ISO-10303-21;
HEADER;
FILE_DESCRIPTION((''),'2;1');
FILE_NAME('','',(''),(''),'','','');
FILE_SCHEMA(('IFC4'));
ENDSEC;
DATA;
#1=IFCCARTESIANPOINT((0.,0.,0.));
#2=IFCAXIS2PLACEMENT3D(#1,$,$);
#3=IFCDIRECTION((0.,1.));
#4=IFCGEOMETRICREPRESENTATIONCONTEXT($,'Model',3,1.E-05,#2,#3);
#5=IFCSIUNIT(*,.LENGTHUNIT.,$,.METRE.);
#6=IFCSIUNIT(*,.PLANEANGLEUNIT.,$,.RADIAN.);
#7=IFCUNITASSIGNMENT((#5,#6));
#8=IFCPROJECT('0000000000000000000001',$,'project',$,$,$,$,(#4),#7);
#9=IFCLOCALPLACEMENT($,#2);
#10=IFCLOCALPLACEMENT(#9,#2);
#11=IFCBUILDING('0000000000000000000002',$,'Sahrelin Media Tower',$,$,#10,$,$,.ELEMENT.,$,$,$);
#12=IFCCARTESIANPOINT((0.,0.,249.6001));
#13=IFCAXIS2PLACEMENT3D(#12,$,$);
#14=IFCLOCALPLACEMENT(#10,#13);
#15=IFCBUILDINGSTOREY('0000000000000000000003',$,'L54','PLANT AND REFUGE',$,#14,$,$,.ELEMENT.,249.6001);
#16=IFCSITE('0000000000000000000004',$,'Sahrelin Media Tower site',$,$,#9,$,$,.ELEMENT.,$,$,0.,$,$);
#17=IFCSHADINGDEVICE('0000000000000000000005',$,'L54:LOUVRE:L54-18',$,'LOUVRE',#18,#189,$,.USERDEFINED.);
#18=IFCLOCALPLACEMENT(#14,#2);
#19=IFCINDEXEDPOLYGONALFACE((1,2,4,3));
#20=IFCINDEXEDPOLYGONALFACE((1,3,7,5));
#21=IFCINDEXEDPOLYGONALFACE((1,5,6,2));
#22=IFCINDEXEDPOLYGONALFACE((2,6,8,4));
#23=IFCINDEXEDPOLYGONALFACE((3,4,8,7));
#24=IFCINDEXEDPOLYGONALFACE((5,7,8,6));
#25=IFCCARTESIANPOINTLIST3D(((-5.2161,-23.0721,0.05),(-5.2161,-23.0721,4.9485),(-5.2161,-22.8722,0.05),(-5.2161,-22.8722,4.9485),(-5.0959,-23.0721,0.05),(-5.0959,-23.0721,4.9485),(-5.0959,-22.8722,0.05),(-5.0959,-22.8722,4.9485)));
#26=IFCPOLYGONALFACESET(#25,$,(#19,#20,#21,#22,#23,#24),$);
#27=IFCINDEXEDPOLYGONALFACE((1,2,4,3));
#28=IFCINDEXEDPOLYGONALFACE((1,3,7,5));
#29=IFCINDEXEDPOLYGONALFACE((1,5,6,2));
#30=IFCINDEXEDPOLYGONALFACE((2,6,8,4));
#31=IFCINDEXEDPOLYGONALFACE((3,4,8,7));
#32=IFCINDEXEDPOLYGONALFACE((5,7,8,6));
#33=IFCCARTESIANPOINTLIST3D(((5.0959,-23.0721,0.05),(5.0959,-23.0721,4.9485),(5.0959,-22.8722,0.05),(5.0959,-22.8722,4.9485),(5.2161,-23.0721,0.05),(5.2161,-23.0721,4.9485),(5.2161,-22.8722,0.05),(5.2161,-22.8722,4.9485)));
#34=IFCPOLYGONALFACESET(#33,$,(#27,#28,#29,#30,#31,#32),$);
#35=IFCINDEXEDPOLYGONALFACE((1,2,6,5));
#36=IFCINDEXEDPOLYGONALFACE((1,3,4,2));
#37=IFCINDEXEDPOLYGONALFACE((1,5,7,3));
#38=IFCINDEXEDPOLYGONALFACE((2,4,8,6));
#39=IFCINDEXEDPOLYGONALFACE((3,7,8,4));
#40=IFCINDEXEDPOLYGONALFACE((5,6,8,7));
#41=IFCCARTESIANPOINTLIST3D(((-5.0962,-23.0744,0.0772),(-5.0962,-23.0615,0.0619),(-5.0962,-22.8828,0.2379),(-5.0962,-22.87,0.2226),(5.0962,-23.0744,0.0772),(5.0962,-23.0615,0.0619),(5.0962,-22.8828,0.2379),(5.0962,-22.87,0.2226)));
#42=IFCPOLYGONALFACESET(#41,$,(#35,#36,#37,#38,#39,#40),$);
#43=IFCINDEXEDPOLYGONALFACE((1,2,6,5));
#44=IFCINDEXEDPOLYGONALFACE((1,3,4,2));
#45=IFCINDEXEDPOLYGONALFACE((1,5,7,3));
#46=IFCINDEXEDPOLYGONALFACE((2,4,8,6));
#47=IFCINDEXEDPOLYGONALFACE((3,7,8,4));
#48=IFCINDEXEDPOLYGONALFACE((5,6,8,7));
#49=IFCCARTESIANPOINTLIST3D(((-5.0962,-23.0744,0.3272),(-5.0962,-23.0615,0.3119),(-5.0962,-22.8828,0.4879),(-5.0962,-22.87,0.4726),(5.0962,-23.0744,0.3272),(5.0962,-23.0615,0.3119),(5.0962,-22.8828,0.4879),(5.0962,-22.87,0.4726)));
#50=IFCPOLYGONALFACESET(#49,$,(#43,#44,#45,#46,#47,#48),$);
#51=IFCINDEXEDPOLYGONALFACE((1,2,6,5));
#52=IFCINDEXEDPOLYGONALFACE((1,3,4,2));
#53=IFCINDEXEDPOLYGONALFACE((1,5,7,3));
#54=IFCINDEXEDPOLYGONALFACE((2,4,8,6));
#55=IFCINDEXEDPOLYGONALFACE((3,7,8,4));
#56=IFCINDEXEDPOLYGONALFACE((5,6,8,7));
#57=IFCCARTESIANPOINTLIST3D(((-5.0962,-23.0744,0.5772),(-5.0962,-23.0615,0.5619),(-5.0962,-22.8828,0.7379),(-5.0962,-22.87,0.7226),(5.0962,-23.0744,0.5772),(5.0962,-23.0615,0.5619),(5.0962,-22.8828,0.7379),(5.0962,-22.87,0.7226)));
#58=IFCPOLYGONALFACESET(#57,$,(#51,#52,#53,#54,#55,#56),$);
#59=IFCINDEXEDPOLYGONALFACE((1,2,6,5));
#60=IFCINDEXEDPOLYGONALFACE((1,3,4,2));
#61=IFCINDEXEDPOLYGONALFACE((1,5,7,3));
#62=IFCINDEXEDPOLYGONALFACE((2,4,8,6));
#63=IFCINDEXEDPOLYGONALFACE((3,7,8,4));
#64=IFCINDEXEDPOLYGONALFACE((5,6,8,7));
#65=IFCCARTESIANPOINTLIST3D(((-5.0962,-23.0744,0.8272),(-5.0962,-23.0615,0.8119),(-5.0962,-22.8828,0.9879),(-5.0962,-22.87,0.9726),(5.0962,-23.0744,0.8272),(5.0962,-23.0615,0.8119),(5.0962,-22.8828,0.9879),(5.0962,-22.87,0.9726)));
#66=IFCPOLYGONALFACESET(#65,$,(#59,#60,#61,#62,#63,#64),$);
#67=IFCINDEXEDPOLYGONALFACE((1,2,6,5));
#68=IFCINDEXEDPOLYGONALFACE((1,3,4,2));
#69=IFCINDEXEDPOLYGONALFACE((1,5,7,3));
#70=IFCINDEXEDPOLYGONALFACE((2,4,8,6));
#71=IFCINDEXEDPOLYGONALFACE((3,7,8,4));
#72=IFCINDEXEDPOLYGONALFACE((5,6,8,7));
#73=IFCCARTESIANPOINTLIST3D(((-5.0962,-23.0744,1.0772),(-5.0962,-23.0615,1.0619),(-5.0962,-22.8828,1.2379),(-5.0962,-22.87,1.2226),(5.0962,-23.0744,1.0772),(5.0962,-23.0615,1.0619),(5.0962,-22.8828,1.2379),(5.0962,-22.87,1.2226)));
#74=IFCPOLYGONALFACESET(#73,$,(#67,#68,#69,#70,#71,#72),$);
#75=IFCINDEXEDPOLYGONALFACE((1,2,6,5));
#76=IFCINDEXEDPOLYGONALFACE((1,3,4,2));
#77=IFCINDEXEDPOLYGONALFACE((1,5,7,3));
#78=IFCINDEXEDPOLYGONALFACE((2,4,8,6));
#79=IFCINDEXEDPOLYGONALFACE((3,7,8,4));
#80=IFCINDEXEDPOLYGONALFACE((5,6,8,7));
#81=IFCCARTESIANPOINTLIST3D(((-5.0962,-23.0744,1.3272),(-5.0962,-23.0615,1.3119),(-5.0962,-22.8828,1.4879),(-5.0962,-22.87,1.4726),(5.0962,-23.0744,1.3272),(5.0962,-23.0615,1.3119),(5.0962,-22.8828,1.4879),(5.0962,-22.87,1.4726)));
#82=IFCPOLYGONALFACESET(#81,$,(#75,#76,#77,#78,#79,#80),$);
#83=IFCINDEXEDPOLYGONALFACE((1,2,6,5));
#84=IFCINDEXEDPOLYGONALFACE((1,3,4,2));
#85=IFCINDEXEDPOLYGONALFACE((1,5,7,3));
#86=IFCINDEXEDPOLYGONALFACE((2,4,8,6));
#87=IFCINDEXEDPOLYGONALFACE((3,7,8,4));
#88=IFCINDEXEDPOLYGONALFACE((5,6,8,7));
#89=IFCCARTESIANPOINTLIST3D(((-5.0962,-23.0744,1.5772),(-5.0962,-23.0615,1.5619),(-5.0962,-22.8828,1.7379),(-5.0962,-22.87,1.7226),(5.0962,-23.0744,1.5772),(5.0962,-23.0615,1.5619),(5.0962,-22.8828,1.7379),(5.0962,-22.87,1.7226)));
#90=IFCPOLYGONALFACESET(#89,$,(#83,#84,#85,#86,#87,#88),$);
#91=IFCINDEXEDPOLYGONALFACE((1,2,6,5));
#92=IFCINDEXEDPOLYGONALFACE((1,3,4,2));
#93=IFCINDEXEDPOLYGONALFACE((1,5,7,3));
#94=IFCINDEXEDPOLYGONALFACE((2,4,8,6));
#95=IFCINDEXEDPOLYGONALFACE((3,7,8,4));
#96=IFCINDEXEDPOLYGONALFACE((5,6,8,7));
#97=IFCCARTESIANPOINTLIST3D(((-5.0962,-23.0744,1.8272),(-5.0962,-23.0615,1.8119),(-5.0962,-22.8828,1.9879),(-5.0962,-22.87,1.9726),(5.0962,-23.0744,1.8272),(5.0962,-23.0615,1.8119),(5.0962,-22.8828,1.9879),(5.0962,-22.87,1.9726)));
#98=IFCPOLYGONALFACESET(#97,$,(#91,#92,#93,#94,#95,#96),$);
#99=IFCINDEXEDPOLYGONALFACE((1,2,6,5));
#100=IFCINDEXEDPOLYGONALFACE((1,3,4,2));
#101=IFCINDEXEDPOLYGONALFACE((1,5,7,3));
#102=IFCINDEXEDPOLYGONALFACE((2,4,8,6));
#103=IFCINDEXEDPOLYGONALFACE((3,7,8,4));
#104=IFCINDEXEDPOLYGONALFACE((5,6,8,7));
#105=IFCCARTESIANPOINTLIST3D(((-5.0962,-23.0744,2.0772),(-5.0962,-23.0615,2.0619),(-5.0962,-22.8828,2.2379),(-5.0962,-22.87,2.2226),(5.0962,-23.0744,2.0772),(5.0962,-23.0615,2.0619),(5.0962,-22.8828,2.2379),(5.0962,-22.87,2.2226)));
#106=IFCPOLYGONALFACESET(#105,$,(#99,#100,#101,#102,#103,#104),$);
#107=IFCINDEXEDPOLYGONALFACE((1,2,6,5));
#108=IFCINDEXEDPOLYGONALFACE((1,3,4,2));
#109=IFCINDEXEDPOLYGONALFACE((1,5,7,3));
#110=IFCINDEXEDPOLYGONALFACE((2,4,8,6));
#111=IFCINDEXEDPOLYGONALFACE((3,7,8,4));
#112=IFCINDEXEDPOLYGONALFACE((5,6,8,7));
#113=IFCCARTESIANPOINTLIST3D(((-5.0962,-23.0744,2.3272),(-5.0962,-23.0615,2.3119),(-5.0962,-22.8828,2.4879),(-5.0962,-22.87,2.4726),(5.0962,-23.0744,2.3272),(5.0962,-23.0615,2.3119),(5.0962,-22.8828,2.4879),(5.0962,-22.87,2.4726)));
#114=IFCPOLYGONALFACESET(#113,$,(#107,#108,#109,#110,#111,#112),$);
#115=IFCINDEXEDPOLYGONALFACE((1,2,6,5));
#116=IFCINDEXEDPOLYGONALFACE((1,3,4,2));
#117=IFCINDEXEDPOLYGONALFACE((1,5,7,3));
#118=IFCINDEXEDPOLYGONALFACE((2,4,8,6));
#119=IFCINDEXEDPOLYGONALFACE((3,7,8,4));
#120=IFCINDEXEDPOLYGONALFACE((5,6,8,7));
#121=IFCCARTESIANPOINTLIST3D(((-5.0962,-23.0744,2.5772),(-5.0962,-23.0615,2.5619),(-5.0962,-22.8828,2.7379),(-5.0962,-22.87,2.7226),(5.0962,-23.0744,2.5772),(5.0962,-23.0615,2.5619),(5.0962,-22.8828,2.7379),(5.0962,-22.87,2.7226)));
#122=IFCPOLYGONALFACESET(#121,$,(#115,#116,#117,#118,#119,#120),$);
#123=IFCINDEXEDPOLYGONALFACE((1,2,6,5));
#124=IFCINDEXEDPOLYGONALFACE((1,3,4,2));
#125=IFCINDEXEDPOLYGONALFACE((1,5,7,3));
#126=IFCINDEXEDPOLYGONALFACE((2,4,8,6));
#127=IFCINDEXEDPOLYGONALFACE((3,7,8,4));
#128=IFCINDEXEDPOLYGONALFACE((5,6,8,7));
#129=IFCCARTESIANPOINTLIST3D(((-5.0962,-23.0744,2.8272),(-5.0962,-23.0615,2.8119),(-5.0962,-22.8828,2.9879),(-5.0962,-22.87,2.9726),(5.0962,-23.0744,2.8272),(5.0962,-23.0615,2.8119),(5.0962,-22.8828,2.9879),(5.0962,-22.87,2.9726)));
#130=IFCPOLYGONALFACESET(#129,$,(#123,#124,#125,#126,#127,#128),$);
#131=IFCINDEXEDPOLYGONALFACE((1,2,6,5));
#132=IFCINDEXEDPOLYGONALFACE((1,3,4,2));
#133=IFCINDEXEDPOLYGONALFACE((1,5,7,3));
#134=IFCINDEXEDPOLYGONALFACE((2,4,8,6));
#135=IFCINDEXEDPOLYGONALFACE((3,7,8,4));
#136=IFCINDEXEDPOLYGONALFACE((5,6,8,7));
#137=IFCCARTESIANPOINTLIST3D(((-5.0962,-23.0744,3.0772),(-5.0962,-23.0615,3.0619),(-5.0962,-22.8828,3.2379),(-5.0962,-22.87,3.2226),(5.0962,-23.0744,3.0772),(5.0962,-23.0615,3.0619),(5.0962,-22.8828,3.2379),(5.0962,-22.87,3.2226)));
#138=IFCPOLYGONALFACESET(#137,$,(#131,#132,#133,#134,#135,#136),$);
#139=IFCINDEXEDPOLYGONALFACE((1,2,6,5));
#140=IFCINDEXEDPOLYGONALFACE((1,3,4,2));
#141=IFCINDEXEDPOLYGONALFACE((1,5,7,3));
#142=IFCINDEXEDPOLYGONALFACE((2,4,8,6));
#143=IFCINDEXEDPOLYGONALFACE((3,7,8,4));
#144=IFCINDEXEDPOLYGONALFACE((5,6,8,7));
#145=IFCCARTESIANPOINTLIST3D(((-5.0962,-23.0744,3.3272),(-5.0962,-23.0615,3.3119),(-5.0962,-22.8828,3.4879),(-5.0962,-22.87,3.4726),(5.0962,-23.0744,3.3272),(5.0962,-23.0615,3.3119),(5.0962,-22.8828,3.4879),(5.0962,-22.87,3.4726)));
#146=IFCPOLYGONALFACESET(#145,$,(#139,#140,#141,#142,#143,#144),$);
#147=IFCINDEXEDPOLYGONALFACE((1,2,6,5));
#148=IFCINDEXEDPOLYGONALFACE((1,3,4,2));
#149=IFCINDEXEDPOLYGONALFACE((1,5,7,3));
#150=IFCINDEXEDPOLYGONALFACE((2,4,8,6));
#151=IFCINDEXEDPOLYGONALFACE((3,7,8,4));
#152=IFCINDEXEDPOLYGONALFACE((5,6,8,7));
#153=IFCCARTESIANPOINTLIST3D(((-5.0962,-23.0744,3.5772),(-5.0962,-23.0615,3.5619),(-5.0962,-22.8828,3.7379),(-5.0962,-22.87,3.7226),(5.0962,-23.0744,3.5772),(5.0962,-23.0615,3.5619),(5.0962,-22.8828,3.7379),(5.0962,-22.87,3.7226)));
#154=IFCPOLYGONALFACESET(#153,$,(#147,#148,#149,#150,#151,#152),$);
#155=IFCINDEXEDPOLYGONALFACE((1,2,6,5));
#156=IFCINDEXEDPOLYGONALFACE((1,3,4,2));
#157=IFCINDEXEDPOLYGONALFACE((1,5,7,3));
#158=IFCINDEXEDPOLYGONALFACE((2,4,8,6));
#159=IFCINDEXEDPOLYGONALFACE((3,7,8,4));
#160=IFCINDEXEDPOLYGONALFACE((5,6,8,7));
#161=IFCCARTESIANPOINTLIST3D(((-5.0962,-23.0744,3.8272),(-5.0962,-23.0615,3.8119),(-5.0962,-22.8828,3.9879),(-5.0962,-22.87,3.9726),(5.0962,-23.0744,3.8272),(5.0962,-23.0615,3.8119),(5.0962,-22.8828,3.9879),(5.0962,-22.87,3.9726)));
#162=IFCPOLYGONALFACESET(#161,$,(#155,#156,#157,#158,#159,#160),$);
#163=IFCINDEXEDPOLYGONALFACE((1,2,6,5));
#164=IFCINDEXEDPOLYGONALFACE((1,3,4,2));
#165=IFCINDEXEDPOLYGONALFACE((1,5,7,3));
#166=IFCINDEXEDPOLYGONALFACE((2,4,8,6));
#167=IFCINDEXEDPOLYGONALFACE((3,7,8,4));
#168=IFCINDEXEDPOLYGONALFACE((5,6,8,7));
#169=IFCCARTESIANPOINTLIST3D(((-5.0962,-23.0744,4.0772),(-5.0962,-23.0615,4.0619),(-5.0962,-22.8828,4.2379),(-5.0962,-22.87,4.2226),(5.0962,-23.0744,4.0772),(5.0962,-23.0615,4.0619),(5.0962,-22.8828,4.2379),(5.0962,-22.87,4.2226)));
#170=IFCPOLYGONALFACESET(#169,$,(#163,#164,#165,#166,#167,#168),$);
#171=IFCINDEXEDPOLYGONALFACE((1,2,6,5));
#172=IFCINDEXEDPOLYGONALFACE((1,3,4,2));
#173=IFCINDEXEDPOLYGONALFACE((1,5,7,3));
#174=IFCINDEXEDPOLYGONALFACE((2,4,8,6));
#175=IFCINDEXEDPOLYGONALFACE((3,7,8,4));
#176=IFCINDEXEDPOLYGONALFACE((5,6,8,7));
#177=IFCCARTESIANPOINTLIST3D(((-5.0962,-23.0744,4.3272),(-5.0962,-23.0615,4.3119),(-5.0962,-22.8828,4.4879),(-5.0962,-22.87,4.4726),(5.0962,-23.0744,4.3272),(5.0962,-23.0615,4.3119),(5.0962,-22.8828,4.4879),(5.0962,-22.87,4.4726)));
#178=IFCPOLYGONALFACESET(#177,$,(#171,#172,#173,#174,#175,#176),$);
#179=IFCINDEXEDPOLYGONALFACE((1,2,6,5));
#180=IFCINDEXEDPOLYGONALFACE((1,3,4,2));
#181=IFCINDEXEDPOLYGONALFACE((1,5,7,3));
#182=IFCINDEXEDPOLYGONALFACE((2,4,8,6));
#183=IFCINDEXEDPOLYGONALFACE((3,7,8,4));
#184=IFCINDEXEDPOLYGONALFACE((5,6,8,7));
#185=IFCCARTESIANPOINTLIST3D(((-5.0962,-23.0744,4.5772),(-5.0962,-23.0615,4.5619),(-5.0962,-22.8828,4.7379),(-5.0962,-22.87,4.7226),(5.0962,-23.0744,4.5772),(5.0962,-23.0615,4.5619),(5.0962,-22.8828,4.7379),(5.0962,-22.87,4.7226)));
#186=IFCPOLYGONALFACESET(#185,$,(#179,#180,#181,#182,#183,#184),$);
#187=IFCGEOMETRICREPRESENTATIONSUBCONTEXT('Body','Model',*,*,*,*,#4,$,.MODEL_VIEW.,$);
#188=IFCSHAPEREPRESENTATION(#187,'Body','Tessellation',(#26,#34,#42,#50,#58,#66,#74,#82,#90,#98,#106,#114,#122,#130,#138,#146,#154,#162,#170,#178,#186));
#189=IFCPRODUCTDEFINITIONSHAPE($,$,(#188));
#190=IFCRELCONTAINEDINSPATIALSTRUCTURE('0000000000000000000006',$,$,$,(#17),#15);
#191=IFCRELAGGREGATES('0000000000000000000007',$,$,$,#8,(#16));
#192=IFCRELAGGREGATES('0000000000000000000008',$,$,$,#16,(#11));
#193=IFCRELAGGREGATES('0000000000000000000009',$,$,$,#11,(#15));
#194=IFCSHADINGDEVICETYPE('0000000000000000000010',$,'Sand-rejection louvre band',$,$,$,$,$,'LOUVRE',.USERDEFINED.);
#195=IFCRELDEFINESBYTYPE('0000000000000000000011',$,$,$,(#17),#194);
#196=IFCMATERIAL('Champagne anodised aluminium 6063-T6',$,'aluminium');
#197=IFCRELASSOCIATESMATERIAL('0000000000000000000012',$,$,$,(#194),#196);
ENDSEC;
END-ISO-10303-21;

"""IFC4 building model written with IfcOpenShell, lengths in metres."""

from ifc_helpers import new_model, si_unit, direction, frame, origin, origin_2d, place, context, subcontext, project, spatial, rectangle, extrude, material, type_object, element, save


model = new_model("IFC4")

# Units and contexts
model_context = context("Model", 3, precision=1e-05, world=origin(), true_north=direction((0.0, 1.0)))
body_context = subcontext(model_context, "Body", "Model", "MODEL_VIEW")
ifc_project = project(units=[si_unit("LENGTHUNIT", "METRE"), si_unit("PLANEANGLEUNIT", "RADIAN")], contexts=[model_context])

# Site, building, storey
site_placement = place(None, origin())
site = spatial("IfcSite", under=ifc_project, at=site_placement, Name="Sahrelin Media Tower site", CompositionType="ELEMENT", RefElevation=0.0)
building_placement = place(site_placement, origin())
building = spatial("IfcBuilding", under=site, at=building_placement, Name="Sahrelin Media Tower", CompositionType="ELEMENT")
storey_placement = place(building_placement, frame((0.0, 0.0, 249.6001)))
storey = spatial("IfcBuildingStorey", under=building, at=storey_placement, Name="L54", Description="PLANT AND REFUGE", CompositionType="ELEMENT", Elevation=249.6001)

# Shading device
ifc_material_1 = material(Name="Champagne anodised aluminium 6063-T6", Category="aluminium")
shading_device_type = type_object("IfcShadingDeviceType", Name="Sand-rejection louvre band", ElementType="LOUVRE", PredefinedType="USERDEFINED", material=ifc_material_1)
shading_device_1_placement = place(storey_placement, frame((0.0, -22.8721, 0.0), z_axis=(0.0, 0.0, 1.0), x_axis=(-1.0, 0.0, 0.0)))
element("IfcShadingDevice", 1, at=shading_device_1_placement, inside=storey, type_object=shading_device_type, Name="L54:LOUVRE:L54-18", ObjectType="LOUVRE", PredefinedType="USERDEFINED", context=body_context, shape_type="SweptSolid", body=[
    extrude(rectangle(XDim=0.1201, YDim=0.2, at=origin_2d()), frame((5.156, 0.1001, 0.05), z_axis=(0.0, 0.0, 1.0), x_axis=(1.0, 0.0, 0.0)), (0.0, 0.0, 1.0), 4.8984),
    extrude(rectangle(XDim=0.1201, YDim=0.2, at=origin_2d()), frame((-5.156, 0.1001, 0.05), z_axis=(0.0, 0.0, 1.0), x_axis=(1.0, 0.0, 0.0)), (0.0, 0.0, 1.0), 4.8984),
    extrude(rectangle(XDim=0.25, YDim=0.02, at=origin_2d()), frame((5.0962, 0.1001, 0.1499), z_axis=(-1.0, 0.0, 0.0), x_axis=(0.0, -0.766044, 0.642788)), (0.0, 0.0, 1.0), 10.1924),
    extrude(rectangle(XDim=0.25, YDim=0.02, at=origin_2d()), frame((5.0962, 0.1001, 0.3999), z_axis=(-1.0, 0.0, 0.0), x_axis=(0.0, -0.766044, 0.642788)), (0.0, 0.0, 1.0), 10.1924),
    extrude(rectangle(XDim=0.25, YDim=0.02, at=origin_2d()), frame((5.0962, 0.1001, 0.6499), z_axis=(-1.0, 0.0, 0.0), x_axis=(0.0, -0.766044, 0.642788)), (0.0, 0.0, 1.0), 10.1924),
    extrude(rectangle(XDim=0.25, YDim=0.02, at=origin_2d()), frame((5.0962, 0.1001, 0.8999), z_axis=(-1.0, 0.0, 0.0), x_axis=(0.0, -0.766044, 0.642788)), (0.0, 0.0, 1.0), 10.1924),
    extrude(rectangle(XDim=0.25, YDim=0.02, at=origin_2d()), frame((5.0962, 0.1001, 1.1499), z_axis=(-1.0, 0.0, 0.0), x_axis=(0.0, -0.766044, 0.642788)), (0.0, 0.0, 1.0), 10.1924),
    extrude(rectangle(XDim=0.25, YDim=0.02, at=origin_2d()), frame((5.0962, 0.1001, 1.3999), z_axis=(-1.0, 0.0, 0.0), x_axis=(0.0, -0.766044, 0.642788)), (0.0, 0.0, 1.0), 10.1924),
    extrude(rectangle(XDim=0.25, YDim=0.02, at=origin_2d()), frame((5.0962, 0.1001, 1.6499), z_axis=(-1.0, 0.0, 0.0), x_axis=(0.0, -0.766044, 0.642788)), (0.0, 0.0, 1.0), 10.1924),
    extrude(rectangle(XDim=0.25, YDim=0.02, at=origin_2d()), frame((5.0962, 0.1001, 1.8999), z_axis=(-1.0, 0.0, 0.0), x_axis=(0.0, -0.766044, 0.642788)), (0.0, 0.0, 1.0), 10.1924),
    extrude(rectangle(XDim=0.25, YDim=0.02, at=origin_2d()), frame((5.0962, 0.1001, 2.1499), z_axis=(-1.0, 0.0, 0.0), x_axis=(0.0, -0.766044, 0.642788)), (0.0, 0.0, 1.0), 10.1924),
    extrude(rectangle(XDim=0.25, YDim=0.02, at=origin_2d()), frame((5.0962, 0.1001, 2.3999), z_axis=(-1.0, 0.0, 0.0), x_axis=(0.0, -0.766044, 0.642788)), (0.0, 0.0, 1.0), 10.1924),
    extrude(rectangle(XDim=0.25, YDim=0.02, at=origin_2d()), frame((5.0962, 0.1001, 2.6499), z_axis=(-1.0, 0.0, 0.0), x_axis=(0.0, -0.766044, 0.642788)), (0.0, 0.0, 1.0), 10.1924),
    extrude(rectangle(XDim=0.25, YDim=0.02, at=origin_2d()), frame((5.0962, 0.1001, 2.8999), z_axis=(-1.0, 0.0, 0.0), x_axis=(0.0, -0.766044, 0.642788)), (0.0, 0.0, 1.0), 10.1924),
    extrude(rectangle(XDim=0.25, YDim=0.02, at=origin_2d()), frame((5.0962, 0.1001, 3.1499), z_axis=(-1.0, 0.0, 0.0), x_axis=(0.0, -0.766044, 0.642788)), (0.0, 0.0, 1.0), 10.1924),
    extrude(rectangle(XDim=0.25, YDim=0.02, at=origin_2d()), frame((5.0962, 0.1001, 3.3999), z_axis=(-1.0, 0.0, 0.0), x_axis=(0.0, -0.766044, 0.642788)), (0.0, 0.0, 1.0), 10.1924),
    extrude(rectangle(XDim=0.25, YDim=0.02, at=origin_2d()), frame((5.0962, 0.1001, 3.6499), z_axis=(-1.0, 0.0, 0.0), x_axis=(0.0, -0.766044, 0.642788)), (0.0, 0.0, 1.0), 10.1924),
    extrude(rectangle(XDim=0.25, YDim=0.02, at=origin_2d()), frame((5.0962, 0.1001, 3.8999), z_axis=(-1.0, 0.0, 0.0), x_axis=(0.0, -0.766044, 0.642788)), (0.0, 0.0, 1.0), 10.1924),
    extrude(rectangle(XDim=0.25, YDim=0.02, at=origin_2d()), frame((5.0962, 0.1001, 4.1499), z_axis=(-1.0, 0.0, 0.0), x_axis=(0.0, -0.766044, 0.642788)), (0.0, 0.0, 1.0), 10.1924),
    extrude(rectangle(XDim=0.25, YDim=0.02, at=origin_2d()), frame((5.0962, 0.1001, 4.3999), z_axis=(-1.0, 0.0, 0.0), x_axis=(0.0, -0.766044, 0.642788)), (0.0, 0.0, 1.0), 10.1924),
    extrude(rectangle(XDim=0.25, YDim=0.02, at=origin_2d()), frame((5.0962, 0.1001, 4.6499), z_axis=(-1.0, 0.0, 0.0), x_axis=(0.0, -0.766044, 0.642788)), (0.0, 0.0, 1.0), 10.1924),
])

save(model, "model.ifc")
